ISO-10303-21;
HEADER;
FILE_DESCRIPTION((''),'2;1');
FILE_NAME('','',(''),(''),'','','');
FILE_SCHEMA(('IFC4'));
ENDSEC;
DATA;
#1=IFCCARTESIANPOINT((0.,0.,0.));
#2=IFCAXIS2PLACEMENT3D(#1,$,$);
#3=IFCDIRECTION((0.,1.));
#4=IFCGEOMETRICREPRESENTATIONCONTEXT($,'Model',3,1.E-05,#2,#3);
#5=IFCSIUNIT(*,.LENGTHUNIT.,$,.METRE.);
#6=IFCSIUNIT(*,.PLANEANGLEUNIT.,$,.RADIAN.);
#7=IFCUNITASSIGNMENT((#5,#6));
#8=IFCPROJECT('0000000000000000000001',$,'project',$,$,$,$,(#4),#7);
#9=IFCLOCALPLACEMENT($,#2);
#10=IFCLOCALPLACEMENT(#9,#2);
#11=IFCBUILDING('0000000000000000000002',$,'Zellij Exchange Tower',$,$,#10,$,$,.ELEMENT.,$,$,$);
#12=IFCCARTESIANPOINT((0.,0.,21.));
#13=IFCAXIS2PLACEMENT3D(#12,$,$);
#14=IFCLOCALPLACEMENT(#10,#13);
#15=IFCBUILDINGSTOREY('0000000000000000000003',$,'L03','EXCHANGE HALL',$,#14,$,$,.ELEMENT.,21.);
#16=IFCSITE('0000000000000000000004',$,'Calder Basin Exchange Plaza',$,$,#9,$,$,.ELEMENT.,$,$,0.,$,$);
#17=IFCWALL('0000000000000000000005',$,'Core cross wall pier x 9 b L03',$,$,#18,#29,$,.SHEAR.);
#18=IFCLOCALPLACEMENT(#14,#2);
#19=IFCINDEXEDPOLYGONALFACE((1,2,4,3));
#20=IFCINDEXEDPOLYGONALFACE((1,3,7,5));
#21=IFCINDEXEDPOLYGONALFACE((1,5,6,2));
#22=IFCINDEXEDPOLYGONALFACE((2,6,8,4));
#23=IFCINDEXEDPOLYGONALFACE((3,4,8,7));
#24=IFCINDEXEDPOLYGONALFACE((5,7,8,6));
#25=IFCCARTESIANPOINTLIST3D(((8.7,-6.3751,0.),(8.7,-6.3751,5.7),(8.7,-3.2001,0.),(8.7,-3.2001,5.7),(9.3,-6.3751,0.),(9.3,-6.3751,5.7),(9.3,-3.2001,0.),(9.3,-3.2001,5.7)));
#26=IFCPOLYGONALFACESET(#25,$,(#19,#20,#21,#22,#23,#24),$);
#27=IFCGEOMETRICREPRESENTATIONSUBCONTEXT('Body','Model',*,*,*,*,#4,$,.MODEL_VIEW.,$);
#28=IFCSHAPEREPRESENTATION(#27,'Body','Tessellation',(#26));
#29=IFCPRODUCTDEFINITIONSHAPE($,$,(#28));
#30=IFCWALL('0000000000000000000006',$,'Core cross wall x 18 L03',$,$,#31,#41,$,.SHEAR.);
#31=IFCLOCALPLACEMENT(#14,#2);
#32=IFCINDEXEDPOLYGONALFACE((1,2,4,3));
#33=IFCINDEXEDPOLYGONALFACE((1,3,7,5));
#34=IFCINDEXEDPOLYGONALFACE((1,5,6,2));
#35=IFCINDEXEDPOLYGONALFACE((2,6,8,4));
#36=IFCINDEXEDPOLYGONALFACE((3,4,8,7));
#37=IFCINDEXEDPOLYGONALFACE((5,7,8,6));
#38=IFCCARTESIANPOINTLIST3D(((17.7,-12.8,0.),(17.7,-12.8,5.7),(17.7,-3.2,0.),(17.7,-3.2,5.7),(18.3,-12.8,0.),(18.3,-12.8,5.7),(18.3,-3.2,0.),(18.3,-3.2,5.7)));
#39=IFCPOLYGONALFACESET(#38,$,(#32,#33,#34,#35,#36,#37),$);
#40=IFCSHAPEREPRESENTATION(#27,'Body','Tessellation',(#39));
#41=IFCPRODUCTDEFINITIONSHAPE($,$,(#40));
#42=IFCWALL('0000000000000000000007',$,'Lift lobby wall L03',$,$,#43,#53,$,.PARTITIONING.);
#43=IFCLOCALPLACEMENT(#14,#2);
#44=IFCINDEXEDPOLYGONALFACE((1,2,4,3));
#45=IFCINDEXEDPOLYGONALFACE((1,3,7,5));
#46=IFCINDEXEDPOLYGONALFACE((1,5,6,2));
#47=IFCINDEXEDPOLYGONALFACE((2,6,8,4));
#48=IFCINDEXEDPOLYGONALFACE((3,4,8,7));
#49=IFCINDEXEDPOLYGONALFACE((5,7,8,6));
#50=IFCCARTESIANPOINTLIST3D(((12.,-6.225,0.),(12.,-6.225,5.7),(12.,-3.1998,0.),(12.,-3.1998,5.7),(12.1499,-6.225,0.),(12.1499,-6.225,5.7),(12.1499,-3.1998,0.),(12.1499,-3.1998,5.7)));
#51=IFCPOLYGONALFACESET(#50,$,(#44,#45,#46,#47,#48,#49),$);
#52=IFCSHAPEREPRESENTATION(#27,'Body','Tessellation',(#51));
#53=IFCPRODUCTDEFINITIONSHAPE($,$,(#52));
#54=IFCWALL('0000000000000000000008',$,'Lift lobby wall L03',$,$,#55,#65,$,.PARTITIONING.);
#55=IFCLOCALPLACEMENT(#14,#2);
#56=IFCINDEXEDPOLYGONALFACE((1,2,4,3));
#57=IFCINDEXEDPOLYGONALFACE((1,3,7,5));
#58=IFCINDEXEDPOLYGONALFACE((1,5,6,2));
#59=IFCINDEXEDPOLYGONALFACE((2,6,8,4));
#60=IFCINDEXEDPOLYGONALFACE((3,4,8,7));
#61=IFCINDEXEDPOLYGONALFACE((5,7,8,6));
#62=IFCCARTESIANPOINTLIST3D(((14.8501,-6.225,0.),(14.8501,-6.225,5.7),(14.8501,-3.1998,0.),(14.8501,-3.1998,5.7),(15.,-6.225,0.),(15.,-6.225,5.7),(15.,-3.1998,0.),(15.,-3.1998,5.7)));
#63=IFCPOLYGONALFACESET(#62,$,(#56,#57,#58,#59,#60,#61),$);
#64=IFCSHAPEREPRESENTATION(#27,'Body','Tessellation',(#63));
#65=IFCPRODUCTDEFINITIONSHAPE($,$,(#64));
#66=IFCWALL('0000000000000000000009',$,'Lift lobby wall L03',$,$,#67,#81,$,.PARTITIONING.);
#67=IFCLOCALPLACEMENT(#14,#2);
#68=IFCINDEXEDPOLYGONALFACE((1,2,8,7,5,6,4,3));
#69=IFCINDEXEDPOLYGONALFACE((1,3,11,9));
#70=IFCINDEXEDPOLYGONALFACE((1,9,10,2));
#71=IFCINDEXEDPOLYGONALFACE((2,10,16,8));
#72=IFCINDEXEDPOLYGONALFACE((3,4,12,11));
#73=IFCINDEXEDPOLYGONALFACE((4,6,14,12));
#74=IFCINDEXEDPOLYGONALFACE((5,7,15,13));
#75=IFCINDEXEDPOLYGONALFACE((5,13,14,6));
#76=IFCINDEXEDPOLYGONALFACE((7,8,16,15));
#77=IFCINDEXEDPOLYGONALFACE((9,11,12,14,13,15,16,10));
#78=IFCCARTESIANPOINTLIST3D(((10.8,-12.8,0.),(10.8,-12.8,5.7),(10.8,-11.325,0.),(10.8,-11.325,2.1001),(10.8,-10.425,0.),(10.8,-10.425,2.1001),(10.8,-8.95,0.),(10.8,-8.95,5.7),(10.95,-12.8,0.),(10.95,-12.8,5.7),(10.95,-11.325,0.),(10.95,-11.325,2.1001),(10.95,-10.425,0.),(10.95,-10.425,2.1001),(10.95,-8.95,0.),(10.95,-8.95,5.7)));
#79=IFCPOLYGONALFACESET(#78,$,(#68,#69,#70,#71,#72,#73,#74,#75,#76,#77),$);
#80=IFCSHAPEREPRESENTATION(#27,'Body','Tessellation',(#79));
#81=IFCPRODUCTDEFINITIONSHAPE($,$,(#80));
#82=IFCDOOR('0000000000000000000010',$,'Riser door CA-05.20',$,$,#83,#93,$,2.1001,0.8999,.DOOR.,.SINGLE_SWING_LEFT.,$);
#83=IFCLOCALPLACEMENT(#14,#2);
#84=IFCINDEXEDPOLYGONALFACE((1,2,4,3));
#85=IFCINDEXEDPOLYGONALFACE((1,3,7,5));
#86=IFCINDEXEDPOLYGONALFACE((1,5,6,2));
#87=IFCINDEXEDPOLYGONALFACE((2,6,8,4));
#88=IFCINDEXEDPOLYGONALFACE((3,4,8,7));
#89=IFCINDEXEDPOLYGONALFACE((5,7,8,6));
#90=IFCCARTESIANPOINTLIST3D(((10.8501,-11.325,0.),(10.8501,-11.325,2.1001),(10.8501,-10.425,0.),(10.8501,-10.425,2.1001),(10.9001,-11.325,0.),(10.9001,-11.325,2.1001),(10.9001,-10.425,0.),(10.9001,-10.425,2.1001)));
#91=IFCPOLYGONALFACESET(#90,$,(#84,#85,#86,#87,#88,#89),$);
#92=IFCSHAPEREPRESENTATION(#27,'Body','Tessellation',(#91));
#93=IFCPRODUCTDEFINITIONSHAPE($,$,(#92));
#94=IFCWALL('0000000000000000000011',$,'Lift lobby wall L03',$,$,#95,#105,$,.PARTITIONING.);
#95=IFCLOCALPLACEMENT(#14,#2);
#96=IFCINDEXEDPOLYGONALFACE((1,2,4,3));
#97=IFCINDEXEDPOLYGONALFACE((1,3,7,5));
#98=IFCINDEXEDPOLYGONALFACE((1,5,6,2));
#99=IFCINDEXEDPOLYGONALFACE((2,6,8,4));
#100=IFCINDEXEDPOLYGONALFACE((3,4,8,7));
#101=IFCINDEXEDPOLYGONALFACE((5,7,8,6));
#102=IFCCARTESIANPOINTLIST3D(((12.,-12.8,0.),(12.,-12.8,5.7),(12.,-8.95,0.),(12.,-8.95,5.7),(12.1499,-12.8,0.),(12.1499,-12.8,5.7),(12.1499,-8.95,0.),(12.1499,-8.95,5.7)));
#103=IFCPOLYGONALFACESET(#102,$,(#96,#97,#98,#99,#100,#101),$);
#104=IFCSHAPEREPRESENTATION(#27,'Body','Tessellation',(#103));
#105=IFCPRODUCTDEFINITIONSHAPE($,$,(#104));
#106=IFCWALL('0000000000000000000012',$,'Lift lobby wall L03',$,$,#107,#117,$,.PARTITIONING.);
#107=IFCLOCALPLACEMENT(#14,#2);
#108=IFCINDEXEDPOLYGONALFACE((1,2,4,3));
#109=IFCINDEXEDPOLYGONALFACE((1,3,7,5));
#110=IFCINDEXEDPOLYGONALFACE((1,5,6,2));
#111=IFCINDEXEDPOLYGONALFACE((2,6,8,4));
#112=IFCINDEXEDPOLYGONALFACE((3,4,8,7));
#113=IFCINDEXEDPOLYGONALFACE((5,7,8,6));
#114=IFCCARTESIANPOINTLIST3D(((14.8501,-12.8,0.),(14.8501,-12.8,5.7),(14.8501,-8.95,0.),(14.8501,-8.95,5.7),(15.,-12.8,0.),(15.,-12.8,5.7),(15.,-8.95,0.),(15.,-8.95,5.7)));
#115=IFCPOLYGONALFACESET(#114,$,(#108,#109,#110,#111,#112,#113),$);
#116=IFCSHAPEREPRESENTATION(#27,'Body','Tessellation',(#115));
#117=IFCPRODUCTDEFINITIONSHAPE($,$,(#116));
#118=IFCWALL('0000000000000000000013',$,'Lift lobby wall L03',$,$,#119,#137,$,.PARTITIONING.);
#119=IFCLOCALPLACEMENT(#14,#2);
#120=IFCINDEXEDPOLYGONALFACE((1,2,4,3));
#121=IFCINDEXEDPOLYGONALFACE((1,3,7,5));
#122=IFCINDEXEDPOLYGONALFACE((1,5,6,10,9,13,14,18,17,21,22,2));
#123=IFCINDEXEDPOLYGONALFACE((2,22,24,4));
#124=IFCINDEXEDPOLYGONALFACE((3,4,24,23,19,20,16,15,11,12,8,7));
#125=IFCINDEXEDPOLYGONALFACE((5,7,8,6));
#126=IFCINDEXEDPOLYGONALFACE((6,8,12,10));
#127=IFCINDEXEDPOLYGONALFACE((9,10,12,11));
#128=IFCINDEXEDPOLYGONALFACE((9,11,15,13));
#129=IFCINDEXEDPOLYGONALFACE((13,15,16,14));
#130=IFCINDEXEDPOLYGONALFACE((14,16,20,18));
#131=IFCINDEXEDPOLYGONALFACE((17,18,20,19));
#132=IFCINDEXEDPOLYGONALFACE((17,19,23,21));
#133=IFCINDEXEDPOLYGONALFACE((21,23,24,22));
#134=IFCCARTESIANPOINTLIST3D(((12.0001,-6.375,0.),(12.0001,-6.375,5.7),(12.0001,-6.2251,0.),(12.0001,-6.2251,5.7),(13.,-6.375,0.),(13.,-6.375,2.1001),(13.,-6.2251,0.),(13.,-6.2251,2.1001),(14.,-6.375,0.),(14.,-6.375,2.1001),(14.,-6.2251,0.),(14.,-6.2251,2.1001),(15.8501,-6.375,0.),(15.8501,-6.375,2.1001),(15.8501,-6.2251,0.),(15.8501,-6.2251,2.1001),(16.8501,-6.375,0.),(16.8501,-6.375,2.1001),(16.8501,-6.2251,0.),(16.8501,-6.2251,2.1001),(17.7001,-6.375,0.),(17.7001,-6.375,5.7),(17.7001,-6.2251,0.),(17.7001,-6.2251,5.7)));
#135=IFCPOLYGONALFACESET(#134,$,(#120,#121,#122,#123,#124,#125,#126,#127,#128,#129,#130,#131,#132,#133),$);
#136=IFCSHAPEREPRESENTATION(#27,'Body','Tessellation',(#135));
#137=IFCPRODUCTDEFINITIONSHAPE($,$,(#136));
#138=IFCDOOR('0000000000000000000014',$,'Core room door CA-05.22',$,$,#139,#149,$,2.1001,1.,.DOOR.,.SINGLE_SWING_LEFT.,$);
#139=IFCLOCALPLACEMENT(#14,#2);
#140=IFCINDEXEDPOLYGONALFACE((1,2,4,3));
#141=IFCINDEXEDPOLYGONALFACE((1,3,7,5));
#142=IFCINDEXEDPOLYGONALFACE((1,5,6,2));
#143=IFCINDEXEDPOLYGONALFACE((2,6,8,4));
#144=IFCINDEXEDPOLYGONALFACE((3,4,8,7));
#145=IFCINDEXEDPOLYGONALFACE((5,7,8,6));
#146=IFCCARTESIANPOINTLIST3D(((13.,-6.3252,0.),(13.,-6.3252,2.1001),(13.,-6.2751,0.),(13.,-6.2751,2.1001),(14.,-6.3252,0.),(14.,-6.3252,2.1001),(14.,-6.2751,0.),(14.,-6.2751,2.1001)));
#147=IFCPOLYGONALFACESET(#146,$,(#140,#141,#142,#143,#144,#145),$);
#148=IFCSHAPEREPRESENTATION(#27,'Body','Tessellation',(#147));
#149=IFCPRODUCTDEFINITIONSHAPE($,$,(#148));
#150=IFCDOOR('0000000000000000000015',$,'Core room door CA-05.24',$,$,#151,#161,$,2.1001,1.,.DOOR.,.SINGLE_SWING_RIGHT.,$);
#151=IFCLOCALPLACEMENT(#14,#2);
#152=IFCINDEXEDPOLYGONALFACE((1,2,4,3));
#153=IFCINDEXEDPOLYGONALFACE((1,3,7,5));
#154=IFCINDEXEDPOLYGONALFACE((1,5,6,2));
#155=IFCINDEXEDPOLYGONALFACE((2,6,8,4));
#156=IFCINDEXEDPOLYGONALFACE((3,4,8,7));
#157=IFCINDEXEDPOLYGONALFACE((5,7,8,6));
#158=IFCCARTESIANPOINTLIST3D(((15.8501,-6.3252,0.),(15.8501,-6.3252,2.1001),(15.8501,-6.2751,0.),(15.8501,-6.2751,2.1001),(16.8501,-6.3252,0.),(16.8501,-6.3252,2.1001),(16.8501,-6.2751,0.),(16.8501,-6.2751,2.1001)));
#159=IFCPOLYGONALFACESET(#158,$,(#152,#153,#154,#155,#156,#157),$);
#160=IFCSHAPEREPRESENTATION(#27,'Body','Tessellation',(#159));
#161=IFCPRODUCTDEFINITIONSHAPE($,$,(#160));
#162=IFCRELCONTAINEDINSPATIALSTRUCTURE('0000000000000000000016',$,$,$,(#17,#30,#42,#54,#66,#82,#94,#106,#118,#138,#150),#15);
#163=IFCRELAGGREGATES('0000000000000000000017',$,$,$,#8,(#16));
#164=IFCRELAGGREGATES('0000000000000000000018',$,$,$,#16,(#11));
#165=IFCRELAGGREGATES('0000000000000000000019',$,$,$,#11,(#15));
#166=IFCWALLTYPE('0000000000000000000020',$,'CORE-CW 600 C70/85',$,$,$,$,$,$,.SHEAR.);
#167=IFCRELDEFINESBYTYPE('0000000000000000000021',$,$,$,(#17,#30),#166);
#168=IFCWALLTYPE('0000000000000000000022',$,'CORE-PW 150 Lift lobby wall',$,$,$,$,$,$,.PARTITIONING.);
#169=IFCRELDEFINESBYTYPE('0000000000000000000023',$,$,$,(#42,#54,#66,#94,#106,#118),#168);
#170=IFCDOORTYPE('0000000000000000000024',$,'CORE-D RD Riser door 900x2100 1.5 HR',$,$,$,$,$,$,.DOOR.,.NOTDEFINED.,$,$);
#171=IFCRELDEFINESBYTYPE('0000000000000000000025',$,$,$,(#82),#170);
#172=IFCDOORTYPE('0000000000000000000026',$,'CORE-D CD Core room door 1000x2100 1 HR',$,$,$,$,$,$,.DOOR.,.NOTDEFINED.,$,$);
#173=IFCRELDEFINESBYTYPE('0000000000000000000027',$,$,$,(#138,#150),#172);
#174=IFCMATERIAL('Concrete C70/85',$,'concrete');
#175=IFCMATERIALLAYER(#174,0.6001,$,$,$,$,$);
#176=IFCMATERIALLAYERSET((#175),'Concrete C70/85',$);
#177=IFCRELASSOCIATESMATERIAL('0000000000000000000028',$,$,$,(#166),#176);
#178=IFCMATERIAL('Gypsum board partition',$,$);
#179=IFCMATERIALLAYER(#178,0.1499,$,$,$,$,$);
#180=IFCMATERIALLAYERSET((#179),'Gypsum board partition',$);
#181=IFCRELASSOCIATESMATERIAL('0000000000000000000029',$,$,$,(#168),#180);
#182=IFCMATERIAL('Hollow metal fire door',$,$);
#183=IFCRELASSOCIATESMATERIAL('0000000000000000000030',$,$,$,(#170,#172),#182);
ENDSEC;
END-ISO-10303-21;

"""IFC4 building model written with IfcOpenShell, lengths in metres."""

from ifc_helpers import new_model, si_unit, direction, frame, frame_2d, origin, place, context, subcontext, project, spatial, rectangle, extrude, material, layer, layer_set, type_object, element, fill, save


model = new_model("IFC4")

# Units and contexts
model_context = context("Model", 3, precision=1e-05, world=origin(), true_north=direction((0.0, 1.0)))
body_context = subcontext(model_context, "Body", "Model", "MODEL_VIEW")
ifc_project = project(units=[si_unit("LENGTHUNIT", "METRE"), si_unit("PLANEANGLEUNIT", "RADIAN")], contexts=[model_context])

# Site, building, storey
site_placement = place(None, origin())
site = spatial("IfcSite", under=ifc_project, at=site_placement, Name="Calder Basin Exchange Plaza", CompositionType="ELEMENT", RefElevation=0.0)
building_placement = place(site_placement, origin())
building = spatial("IfcBuilding", under=site, at=building_placement, Name="Zellij Exchange Tower", CompositionType="ELEMENT")
storey_placement = place(building_placement, frame((0.0, 0.0, 21.0)))
storey = spatial("IfcBuildingStorey", under=building, at=storey_placement, Name="L03", Description="EXCHANGE HALL", CompositionType="ELEMENT", Elevation=21.0)

# Walls
ifc_material_1 = material(Name="Concrete C70/85", Category="concrete")
ifc_layer_1 = layer(ifc_material_1, 0.6001)
ifc_layer_set_1 = layer_set([ifc_layer_1], Name="Concrete C70/85")
wall_type_1 = type_object("IfcWallType", Name="CORE-CW 600 C70/85", PredefinedType="SHEAR", material=ifc_layer_set_1)
wall_1_placement = place(storey_placement, frame((9.0, -6.375, 0.0), z_axis=(0.0, 0.0, 1.0), x_axis=(0.0, 1.0, 0.0)))
element("IfcWall", 1, at=wall_1_placement, inside=storey, type_object=wall_type_1, Name="Core cross wall pier x 9 b L03", PredefinedType="SHEAR", context=body_context, shape_type="SweptSolid", body=[
    extrude(rectangle(XDim=3.175, YDim=0.6001, at=frame_2d((1.5874, 0.0))), origin(), (0.0, 0.0, 1.0), 5.7),
])
wall_2_placement = place(storey_placement, frame((18.0, -12.8, 0.0), z_axis=(0.0, 0.0, 1.0), x_axis=(0.0, 1.0, 0.0)))
element("IfcWall", 2, at=wall_2_placement, inside=storey, type_object=wall_type_1, Name="Core cross wall x 18 L03", PredefinedType="SHEAR", context=body_context, shape_type="SweptSolid", body=[
    extrude(rectangle(XDim=9.6001, YDim=0.6001, at=frame_2d((4.8, 0.0))), origin(), (0.0, 0.0, 1.0), 5.7),
])
ifc_material_2 = material(Name="Gypsum board partition")
ifc_layer_2 = layer(ifc_material_2, 0.1499)
ifc_layer_set_2 = layer_set([ifc_layer_2], Name="Gypsum board partition")
wall_type_2 = type_object("IfcWallType", Name="CORE-PW 150 Lift lobby wall", PredefinedType="PARTITIONING", material=ifc_layer_set_2)
for number, where, z_axis, x_axis, name in (
    (3, (12.075, -6.2251, 0.0), (0.0, 0.0, 1.0), (0.0, 1.0, 0.0), "Lift lobby wall L03"),
    (4, (14.925, -6.2251, 0.0), (0.0, 0.0, 1.0), (0.0, 1.0, 0.0), "Lift lobby wall L03"),
):
    element("IfcWall", number, at=place(storey_placement, frame(where, z_axis=z_axis, x_axis=x_axis)), inside=storey, type_object=wall_type_2, Name=name, PredefinedType="PARTITIONING", context=body_context, shape_type="SweptSolid", body=[
        extrude(rectangle(XDim=3.0251, YDim=0.1499, at=frame_2d((1.5127, 0.0))), origin(), (0.0, 0.0, 1.0), 5.7),
    ])

# Wall, opening, door
wall_3_placement = place(storey_placement, frame((10.875, -12.8, 0.0), z_axis=(0.0, 0.0, 1.0), x_axis=(0.0, 1.0, 0.0)))
wall_3 = element("IfcWall", 5, at=wall_3_placement, inside=storey, type_object=wall_type_2, Name="Lift lobby wall L03", PredefinedType="PARTITIONING", context=body_context, shape_type="SweptSolid", body=[
    extrude(rectangle(XDim=3.8501, YDim=0.1499, at=frame_2d((1.925, 0.0))), origin(), (0.0, 0.0, 1.0), 5.7),
])
opening_1_placement = place(wall_3_placement, frame((1.4751, 0.0, 0.0)))
opening_1 = element("IfcOpeningElement", 6, at=opening_1_placement, cuts=wall_3, PredefinedType="OPENING", context=body_context, shape_type="SweptSolid", body=[
    extrude(rectangle(XDim=0.8999, YDim=2.1001, at=frame_2d((0.45, 1.05))), frame((0.0, 0.0869, 0.0), z_axis=(0.0, -1.0, 0.0), x_axis=(1.0, 0.0, 0.0)), (0.0, 0.0, 1.0), 0.1738),
])
ifc_material_3 = material(Name="Hollow metal fire door")
door_type_1 = type_object("IfcDoorType", Name="CORE-D RD Riser door 900x2100 1.5 HR", OperationType="NOTDEFINED", PredefinedType="DOOR", material=ifc_material_3)
door_1_placement = place(opening_1_placement, origin())
door_1 = element("IfcDoor", 7, at=door_1_placement, inside=storey, type_object=door_type_1, Name="Riser door CA-05.20", OperationType="SINGLE_SWING_LEFT", OverallHeight=2.1001, OverallWidth=0.8999, PredefinedType="DOOR", context=body_context, shape_type="SweptSolid", body=[
    extrude(rectangle(XDim=0.8999, YDim=2.1001, at=frame_2d((0.45, 1.05))), frame((0.0, 0.0249, 0.0), z_axis=(0.0, -1.0, 0.0), x_axis=(1.0, 0.0, 0.0)), (0.0, 0.0, 1.0), 0.05),
])
fill(opening_1, door_1)

# Walls
for number, where, z_axis, x_axis, name in (
    (8, (12.075, -12.8, 0.0), (0.0, 0.0, 1.0), (0.0, 1.0, 0.0), "Lift lobby wall L03"),
    (9, (14.925, -12.8, 0.0), (0.0, 0.0, 1.0), (0.0, 1.0, 0.0), "Lift lobby wall L03"),
):
    element("IfcWall", number, at=place(storey_placement, frame(where, z_axis=z_axis, x_axis=x_axis)), inside=storey, type_object=wall_type_2, Name=name, PredefinedType="PARTITIONING", context=body_context, shape_type="SweptSolid", body=[
        extrude(rectangle(XDim=3.8501, YDim=0.1499, at=frame_2d((1.925, 0.0))), origin(), (0.0, 0.0, 1.0), 5.7),
    ])

# Wall, openings, doors
wall_4_placement = place(storey_placement, frame((12.0, -6.3, 0.0), z_axis=(0.0, 0.0, 1.0), x_axis=(1.0, 0.0, 0.0)))
wall_4 = element("IfcWall", 10, at=wall_4_placement, inside=storey, type_object=wall_type_2, Name="Lift lobby wall L03", PredefinedType="PARTITIONING", context=body_context, shape_type="SweptSolid", body=[
    extrude(rectangle(XDim=5.7, YDim=0.1499, at=frame_2d((2.8501, 0.0))), origin(), (0.0, 0.0, 1.0), 5.7),
])
opening_2_placement = place(wall_4_placement, frame((1.0, 0.0, 0.0)))
opening_2 = element("IfcOpeningElement", 11, at=opening_2_placement, cuts=wall_4, PredefinedType="OPENING", context=body_context, shape_type="SweptSolid", body=[
    extrude(rectangle(XDim=1.0, YDim=2.1001, at=frame_2d((0.5, 1.05))), frame((0.0, 0.0869, 0.0), z_axis=(0.0, -1.0, 0.0), x_axis=(1.0, 0.0, 0.0)), (0.0, 0.0, 1.0), 0.1738),
])
opening_3_placement = place(wall_4_placement, frame((3.8501, 0.0, 0.0)))
opening_3 = element("IfcOpeningElement", 12, at=opening_3_placement, cuts=wall_4, PredefinedType="OPENING", context=body_context, shape_type="SweptSolid", body=[
    extrude(rectangle(XDim=1.0, YDim=2.1001, at=frame_2d((0.5, 1.05))), frame((0.0, 0.0869, 0.0), z_axis=(0.0, -1.0, 0.0), x_axis=(1.0, 0.0, 0.0)), (0.0, 0.0, 1.0), 0.1738),
])
door_type_2 = type_object("IfcDoorType", Name="CORE-D CD Core room door 1000x2100 1 HR", OperationType="NOTDEFINED", PredefinedType="DOOR", material=ifc_material_3)
door_2_placement = place(opening_2_placement, origin())
door_2 = element("IfcDoor", 13, at=door_2_placement, inside=storey, type_object=door_type_2, Name="Core room door CA-05.22", OperationType="SINGLE_SWING_LEFT", OverallHeight=2.1001, OverallWidth=1.0, PredefinedType="DOOR", context=body_context, shape_type="SweptSolid", body=[
    extrude(rectangle(XDim=1.0, YDim=2.1001, at=frame_2d((0.5, 1.05))), frame((0.0, 0.0249, 0.0), z_axis=(0.0, -1.0, 0.0), x_axis=(1.0, 0.0, 0.0)), (0.0, 0.0, 1.0), 0.05),
])
fill(opening_2, door_2)
door_3_placement = place(opening_3_placement, origin())
door_3 = element("IfcDoor", 14, at=door_3_placement, inside=storey, type_object=door_type_2, Name="Core room door CA-05.24", OperationType="SINGLE_SWING_RIGHT", OverallHeight=2.1001, OverallWidth=1.0, PredefinedType="DOOR", context=body_context, shape_type="SweptSolid", body=[
    extrude(rectangle(XDim=1.0, YDim=2.1001, at=frame_2d((0.5, 1.05))), frame((0.0, 0.0249, 0.0), z_axis=(0.0, -1.0, 0.0), x_axis=(1.0, 0.0, 0.0)), (0.0, 0.0, 1.0), 0.05),
])
fill(opening_3, door_3)

save(model, "model.ifc")
